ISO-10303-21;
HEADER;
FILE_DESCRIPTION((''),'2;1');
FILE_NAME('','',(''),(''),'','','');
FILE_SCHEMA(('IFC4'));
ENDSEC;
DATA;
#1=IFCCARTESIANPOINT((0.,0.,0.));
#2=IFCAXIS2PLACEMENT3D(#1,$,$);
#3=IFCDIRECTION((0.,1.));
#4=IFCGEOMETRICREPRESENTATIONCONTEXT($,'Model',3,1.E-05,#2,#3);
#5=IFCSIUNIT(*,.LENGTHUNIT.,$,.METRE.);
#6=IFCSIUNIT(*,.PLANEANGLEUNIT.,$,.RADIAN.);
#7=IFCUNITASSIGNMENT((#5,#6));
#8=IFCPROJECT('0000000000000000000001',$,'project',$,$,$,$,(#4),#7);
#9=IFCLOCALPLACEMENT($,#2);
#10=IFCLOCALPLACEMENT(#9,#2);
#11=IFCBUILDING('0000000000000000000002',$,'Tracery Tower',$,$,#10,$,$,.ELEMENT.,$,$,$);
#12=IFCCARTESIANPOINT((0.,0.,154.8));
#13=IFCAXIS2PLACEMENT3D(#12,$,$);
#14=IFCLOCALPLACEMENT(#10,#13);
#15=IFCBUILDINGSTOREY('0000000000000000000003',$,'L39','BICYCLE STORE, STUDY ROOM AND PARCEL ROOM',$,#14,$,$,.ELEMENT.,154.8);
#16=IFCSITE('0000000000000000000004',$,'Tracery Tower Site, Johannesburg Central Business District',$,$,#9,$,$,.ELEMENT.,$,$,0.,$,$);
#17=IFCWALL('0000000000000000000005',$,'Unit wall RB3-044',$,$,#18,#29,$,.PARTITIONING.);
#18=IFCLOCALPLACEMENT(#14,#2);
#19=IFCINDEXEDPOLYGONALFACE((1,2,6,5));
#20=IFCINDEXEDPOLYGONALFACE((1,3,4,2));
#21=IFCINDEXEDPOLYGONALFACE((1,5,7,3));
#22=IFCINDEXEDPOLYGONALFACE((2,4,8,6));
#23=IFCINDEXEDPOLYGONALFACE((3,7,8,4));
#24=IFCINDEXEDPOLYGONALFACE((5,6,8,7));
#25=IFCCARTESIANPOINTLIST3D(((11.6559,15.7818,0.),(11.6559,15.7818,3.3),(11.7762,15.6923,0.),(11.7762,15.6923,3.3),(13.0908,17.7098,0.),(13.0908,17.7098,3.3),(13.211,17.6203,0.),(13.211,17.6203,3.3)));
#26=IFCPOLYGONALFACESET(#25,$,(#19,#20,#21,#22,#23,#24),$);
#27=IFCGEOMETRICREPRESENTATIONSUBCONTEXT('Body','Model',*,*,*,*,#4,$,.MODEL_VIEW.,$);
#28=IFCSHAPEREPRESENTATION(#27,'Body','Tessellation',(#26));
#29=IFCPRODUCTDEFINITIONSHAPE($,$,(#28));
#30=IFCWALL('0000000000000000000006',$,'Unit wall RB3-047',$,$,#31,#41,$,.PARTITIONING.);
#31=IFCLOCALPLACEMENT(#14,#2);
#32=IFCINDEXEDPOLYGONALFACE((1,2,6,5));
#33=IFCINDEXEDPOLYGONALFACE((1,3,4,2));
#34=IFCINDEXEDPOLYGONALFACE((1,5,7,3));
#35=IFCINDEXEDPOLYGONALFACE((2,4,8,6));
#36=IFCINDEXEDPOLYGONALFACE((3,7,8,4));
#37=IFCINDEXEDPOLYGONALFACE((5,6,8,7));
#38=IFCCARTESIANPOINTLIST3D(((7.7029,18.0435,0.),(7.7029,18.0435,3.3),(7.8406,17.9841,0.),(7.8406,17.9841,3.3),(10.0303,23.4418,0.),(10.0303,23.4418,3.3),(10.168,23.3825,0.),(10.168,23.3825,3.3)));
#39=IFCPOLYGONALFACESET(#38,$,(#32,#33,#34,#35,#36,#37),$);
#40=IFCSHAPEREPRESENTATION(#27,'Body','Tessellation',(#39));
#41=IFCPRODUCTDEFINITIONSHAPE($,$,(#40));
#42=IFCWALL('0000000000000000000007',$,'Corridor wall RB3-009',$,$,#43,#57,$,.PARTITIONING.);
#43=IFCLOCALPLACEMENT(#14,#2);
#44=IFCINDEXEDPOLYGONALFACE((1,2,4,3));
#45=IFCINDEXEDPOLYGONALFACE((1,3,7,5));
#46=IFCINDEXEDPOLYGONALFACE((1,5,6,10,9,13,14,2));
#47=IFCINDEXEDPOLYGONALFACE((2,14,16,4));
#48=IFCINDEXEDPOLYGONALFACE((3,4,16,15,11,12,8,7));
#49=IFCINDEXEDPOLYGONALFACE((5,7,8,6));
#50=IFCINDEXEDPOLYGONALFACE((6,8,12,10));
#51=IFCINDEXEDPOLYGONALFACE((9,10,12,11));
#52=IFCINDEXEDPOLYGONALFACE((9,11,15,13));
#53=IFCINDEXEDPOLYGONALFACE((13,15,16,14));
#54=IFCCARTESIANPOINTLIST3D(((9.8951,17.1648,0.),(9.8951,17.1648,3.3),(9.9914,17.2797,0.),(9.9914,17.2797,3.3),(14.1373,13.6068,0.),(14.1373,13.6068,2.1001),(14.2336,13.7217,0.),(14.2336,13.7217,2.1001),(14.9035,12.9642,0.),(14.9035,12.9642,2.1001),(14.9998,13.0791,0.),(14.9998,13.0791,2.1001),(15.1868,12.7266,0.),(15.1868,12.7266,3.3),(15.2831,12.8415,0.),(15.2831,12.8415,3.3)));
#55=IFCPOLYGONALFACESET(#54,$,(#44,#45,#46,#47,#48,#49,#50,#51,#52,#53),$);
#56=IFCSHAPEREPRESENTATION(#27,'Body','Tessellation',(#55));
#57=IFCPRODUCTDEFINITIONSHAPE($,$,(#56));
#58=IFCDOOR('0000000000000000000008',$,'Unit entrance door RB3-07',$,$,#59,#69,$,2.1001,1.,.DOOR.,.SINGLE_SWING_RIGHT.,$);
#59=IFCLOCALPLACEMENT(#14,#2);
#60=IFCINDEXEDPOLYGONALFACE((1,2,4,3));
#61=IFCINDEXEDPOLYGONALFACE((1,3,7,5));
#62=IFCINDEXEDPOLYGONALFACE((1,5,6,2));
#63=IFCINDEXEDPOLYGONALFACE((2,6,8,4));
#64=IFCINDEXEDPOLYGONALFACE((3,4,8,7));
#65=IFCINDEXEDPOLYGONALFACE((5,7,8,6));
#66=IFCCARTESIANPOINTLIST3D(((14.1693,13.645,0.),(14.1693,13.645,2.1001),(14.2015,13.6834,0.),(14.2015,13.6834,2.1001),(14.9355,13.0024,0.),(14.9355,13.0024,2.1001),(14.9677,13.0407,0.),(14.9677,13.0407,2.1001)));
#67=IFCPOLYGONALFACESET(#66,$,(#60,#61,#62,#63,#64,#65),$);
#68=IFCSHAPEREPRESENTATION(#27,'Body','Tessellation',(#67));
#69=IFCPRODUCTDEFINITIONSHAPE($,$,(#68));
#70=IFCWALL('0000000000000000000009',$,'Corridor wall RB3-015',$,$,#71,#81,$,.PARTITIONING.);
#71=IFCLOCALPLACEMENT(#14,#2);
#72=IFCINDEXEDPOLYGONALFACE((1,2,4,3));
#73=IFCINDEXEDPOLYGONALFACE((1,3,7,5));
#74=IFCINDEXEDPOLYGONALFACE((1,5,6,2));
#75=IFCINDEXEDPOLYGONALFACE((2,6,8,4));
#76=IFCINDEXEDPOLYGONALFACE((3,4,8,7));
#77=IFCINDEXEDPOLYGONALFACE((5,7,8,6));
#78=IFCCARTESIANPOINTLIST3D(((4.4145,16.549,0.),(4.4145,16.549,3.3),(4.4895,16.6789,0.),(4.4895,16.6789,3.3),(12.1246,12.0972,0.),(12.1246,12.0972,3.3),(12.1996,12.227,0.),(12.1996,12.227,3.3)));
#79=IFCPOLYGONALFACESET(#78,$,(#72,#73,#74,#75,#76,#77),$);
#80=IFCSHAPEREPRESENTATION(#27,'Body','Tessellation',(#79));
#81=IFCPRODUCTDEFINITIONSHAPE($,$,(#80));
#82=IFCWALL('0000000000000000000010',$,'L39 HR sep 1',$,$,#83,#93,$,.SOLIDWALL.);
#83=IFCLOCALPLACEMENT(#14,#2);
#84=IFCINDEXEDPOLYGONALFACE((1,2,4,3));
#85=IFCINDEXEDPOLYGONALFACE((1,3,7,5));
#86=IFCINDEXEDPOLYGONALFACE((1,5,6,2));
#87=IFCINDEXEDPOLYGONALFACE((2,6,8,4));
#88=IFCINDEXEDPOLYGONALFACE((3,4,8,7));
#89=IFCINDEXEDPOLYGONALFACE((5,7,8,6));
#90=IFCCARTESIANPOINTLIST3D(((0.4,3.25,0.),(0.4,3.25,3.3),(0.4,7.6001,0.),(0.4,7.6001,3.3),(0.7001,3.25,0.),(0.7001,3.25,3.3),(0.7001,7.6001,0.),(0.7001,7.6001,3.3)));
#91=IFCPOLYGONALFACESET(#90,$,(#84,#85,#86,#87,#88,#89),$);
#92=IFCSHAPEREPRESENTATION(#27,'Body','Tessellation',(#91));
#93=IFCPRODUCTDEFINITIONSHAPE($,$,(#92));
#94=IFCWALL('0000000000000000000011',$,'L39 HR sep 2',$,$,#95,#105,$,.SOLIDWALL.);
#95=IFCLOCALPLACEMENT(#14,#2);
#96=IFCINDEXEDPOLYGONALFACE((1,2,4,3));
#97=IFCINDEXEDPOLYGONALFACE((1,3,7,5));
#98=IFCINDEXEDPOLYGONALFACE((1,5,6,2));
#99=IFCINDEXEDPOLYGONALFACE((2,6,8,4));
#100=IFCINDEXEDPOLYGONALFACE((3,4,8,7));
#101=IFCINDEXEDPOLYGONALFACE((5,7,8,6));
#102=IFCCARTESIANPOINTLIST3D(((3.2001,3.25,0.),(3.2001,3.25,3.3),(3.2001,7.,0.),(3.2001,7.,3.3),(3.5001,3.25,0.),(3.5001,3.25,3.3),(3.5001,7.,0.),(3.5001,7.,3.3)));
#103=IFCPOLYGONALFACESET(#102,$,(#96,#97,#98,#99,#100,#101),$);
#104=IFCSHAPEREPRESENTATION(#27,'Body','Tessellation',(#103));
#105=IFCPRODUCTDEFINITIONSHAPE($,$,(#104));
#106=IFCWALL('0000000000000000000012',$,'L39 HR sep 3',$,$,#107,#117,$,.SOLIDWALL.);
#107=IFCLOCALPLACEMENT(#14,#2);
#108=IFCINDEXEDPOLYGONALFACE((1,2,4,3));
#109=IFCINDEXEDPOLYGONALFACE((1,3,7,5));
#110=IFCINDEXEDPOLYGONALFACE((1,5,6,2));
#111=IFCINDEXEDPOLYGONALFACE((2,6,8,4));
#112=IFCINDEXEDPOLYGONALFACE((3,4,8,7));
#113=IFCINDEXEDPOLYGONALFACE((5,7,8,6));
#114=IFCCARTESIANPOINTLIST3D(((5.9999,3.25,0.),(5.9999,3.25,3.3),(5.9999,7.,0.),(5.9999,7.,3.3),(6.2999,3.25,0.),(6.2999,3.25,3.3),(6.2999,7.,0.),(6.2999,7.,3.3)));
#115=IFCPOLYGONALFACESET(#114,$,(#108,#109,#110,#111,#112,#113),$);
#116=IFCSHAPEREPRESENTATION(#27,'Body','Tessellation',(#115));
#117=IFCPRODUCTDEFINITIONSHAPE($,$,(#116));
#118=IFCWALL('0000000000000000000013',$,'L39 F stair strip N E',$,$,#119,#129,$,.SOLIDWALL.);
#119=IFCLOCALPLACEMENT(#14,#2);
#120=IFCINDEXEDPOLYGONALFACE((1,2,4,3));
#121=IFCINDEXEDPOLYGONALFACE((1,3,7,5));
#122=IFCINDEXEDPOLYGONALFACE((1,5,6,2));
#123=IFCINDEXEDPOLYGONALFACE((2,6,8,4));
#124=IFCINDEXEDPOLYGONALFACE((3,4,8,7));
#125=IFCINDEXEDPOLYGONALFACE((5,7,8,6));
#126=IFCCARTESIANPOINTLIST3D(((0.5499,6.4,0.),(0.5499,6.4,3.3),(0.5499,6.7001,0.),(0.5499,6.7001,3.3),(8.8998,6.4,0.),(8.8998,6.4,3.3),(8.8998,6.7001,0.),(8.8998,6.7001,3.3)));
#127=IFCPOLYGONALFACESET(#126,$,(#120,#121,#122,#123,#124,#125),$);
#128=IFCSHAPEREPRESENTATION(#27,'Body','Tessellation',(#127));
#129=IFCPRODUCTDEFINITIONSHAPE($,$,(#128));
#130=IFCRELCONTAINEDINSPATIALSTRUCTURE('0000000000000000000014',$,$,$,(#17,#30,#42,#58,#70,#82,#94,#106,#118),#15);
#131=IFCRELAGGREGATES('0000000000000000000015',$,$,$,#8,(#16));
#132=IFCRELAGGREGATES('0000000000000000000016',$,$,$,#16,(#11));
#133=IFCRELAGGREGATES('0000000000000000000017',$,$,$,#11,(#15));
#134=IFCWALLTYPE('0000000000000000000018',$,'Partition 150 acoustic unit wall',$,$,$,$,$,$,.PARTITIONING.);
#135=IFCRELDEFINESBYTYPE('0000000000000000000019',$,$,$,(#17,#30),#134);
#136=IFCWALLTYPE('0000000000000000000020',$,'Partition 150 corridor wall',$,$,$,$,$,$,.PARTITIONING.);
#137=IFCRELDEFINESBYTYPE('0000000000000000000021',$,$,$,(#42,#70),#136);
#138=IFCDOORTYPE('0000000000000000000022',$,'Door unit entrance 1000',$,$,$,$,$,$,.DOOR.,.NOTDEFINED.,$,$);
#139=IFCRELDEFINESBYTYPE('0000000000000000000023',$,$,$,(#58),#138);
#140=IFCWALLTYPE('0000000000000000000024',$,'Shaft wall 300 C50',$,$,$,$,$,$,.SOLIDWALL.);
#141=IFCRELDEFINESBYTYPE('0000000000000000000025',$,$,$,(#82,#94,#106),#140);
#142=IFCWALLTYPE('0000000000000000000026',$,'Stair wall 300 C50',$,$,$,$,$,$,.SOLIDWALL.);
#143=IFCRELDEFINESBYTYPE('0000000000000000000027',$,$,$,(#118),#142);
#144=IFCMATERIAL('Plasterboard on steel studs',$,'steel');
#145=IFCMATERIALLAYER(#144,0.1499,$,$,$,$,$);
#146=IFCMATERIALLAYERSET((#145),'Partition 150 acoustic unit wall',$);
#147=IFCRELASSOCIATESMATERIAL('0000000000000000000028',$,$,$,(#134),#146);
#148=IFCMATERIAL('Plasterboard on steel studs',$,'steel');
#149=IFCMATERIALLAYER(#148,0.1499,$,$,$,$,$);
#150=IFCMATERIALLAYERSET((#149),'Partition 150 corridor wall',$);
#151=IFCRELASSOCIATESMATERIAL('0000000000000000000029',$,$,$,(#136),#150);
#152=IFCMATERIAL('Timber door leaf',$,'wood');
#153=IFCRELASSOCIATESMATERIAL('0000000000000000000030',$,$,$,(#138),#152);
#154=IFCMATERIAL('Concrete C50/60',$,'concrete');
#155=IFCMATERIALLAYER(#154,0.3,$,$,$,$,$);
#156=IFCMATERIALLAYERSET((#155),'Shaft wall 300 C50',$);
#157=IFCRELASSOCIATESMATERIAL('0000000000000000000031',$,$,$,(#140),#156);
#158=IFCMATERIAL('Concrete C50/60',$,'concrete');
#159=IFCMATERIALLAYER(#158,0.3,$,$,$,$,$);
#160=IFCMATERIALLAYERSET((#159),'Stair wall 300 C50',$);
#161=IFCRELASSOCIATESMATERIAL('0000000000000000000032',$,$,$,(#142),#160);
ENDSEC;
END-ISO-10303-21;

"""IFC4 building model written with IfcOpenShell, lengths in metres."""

from ifc_helpers import new_model, si_unit, direction, frame, frame_2d, origin, place, context, subcontext, project, spatial, rectangle, extrude, material, layer, layer_set, type_object, element, fill, save


model = new_model("IFC4")

# Units and contexts
model_context = context("Model", 3, precision=1e-05, world=origin(), true_north=direction((0.0, 1.0)))
body_context = subcontext(model_context, "Body", "Model", "MODEL_VIEW")
ifc_project = project(units=[si_unit("LENGTHUNIT", "METRE"), si_unit("PLANEANGLEUNIT", "RADIAN")], contexts=[model_context])

# Site, building, storey
site_placement = place(None, origin())
site = spatial("IfcSite", under=ifc_project, at=site_placement, Name="Tracery Tower Site, Johannesburg Central Business District", CompositionType="ELEMENT", RefElevation=0.0)
building_placement = place(site_placement, origin())
building = spatial("IfcBuilding", under=site, at=building_placement, Name="Tracery Tower", CompositionType="ELEMENT")
storey_placement = place(building_placement, frame((0.0, 0.0, 154.8)))
storey = spatial("IfcBuildingStorey", under=building, at=storey_placement, Name="L39", Description="BICYCLE STORE, STUDY ROOM AND PARCEL ROOM", CompositionType="ELEMENT", Elevation=154.8)

# Walls
ifc_material_1 = material(Name="Plasterboard on steel studs", Category="steel")
ifc_layer_1 = layer(ifc_material_1, 0.1499)
ifc_layer_set_1 = layer_set([ifc_layer_1], Name="Partition 150 acoustic unit wall")
wall_type_1 = type_object("IfcWallType", Name="Partition 150 acoustic unit wall", PredefinedType="PARTITIONING", material=ifc_layer_set_1)
wall_1_placement = place(storey_placement, frame((11.7161, 15.7371, 0.0), z_axis=(0.0, 0.0, 1.0), x_axis=(0.597021, 0.802225, 0.0)))
element("IfcWall", 1, at=wall_1_placement, inside=storey, type_object=wall_type_1, Name="Unit wall RB3-044", PredefinedType="PARTITIONING", context=body_context, shape_type="SweptSolid", body=[
    extrude(rectangle(XDim=2.4033, YDim=0.1499, at=frame_2d((1.2017, 0.0))), origin(), (0.0, 0.0, 1.0), 3.3),
])
wall_2_placement = place(storey_placement, frame((7.7717, 18.0137, 0.0), z_axis=(0.0, 0.0, 1.0), x_axis=(0.395898, 0.918294, 0.0)))
element("IfcWall", 2, at=wall_2_placement, inside=storey, type_object=wall_type_1, Name="Unit wall RB3-047", PredefinedType="PARTITIONING", context=body_context, shape_type="SweptSolid", body=[
    extrude(rectangle(XDim=5.8787, YDim=0.1499, at=frame_2d((2.9395, 0.0))), origin(), (0.0, 0.0, 1.0), 3.3),
])

# Wall, opening, door
ifc_material_2 = material(Name="Plasterboard on steel studs", Category="steel")
ifc_layer_2 = layer(ifc_material_2, 0.1499)
ifc_layer_set_2 = layer_set([ifc_layer_2], Name="Partition 150 corridor wall")
wall_type_2 = type_object("IfcWallType", Name="Partition 150 corridor wall", PredefinedType="PARTITIONING", material=ifc_layer_set_2)
wall_3_placement = place(storey_placement, frame((9.9434, 17.2222, 0.0), z_axis=(0.0, 0.0, 1.0), x_axis=(0.766192, -0.642612, 0.0)))
wall_3 = element("IfcWall", 3, at=wall_3_placement, inside=storey, type_object=wall_type_2, Name="Corridor wall RB3-009", PredefinedType="PARTITIONING", context=body_context, shape_type="SweptSolid", body=[
    extrude(rectangle(XDim=6.9065, YDim=0.1499, at=frame_2d((3.4531, 0.0))), origin(), (0.0, 0.0, 1.0), 3.3),
])
opening_1_placement = place(wall_3_placement, frame((5.5366, 0.0, 0.0)))
opening_1 = element("IfcOpeningElement", 4, at=opening_1_placement, cuts=wall_3, PredefinedType="OPENING", context=body_context, shape_type="SweptSolid", body=[
    extrude(rectangle(XDim=1.0, YDim=2.1001, at=frame_2d((0.5, 1.05))), frame((0.0, 0.075, 0.0), z_axis=(0.0, -1.0, 0.0), x_axis=(1.0, 0.0, 0.0)), (0.0, 0.0, 1.0), 0.1499),
])
ifc_material_3 = material(Name="Timber door leaf", Category="wood")
door_type_1 = type_object("IfcDoorType", Name="Door unit entrance 1000", OperationType="NOTDEFINED", PredefinedType="DOOR", material=ifc_material_3)
door_1_placement = place(opening_1_placement, origin())
door_1 = element("IfcDoor", 5, at=door_1_placement, inside=storey, type_object=door_type_1, Name="Unit entrance door RB3-07", OperationType="SINGLE_SWING_RIGHT", OverallHeight=2.1001, OverallWidth=1.0, PredefinedType="DOOR", context=body_context, shape_type="SweptSolid", body=[
    extrude(rectangle(XDim=1.0, YDim=2.1001, at=frame_2d((0.5, 1.05))), frame((0.0, 0.0249, 0.0), z_axis=(0.0, -1.0, 0.0), x_axis=(1.0, 0.0, 0.0)), (0.0, 0.0, 1.0), 0.05),
])
fill(opening_1, door_1)

# Walls
wall_4_placement = place(storey_placement, frame((4.4519, 16.614, 0.0), z_axis=(0.0, 0.0, 1.0), x_axis=(0.866005, -0.500035, 0.0)))
element("IfcWall", 6, at=wall_4_placement, inside=storey, type_object=wall_type_2, Name="Corridor wall RB3-015", PredefinedType="PARTITIONING", context=body_context, shape_type="SweptSolid", body=[
    extrude(rectangle(XDim=8.9031, YDim=0.1499, at=frame_2d((4.4517, 0.0))), origin(), (0.0, 0.0, 1.0), 3.3),
])
ifc_material_4 = material(Name="Concrete C50/60", Category="concrete")
ifc_layer_3 = layer(ifc_material_4, 0.3)
ifc_layer_set_3 = layer_set([ifc_layer_3], Name="Shaft wall 300 C50")
wall_type_3 = type_object("IfcWallType", Name="Shaft wall 300 C50", PredefinedType="SOLIDWALL", material=ifc_layer_set_3)
wall_5_placement = place(storey_placement, frame((0.55, 3.25, 0.0), z_axis=(0.0, 0.0, 1.0), x_axis=(0.0, 1.0, 0.0)))
element("IfcWall", 7, at=wall_5_placement, inside=storey, type_object=wall_type_3, Name="L39 HR sep 1", PredefinedType="SOLIDWALL", context=body_context, shape_type="SweptSolid", body=[
    extrude(rectangle(XDim=4.3501, YDim=0.3, at=frame_2d((2.175, 0.0))), origin(), (0.0, 0.0, 1.0), 3.3),
])
for number, where, z_axis, x_axis, name in (
    (8, (3.3501, 3.25, 0.0), (0.0, 0.0, 1.0), (0.0, 1.0, 0.0), "L39 HR sep 2"),
    (9, (6.1499, 3.25, 0.0), (0.0, 0.0, 1.0), (0.0, 1.0, 0.0), "L39 HR sep 3"),
):
    element("IfcWall", number, at=place(storey_placement, frame(where, z_axis=z_axis, x_axis=x_axis)), inside=storey, type_object=wall_type_3, Name=name, PredefinedType="SOLIDWALL", context=body_context, shape_type="SweptSolid", body=[
        extrude(rectangle(XDim=3.75, YDim=0.3, at=frame_2d((1.875, 0.0))), origin(), (0.0, 0.0, 1.0), 3.3),
    ])

# Wall
ifc_material_5 = material(Name="Concrete C50/60", Category="concrete")
ifc_layer_4 = layer(ifc_material_5, 0.3)
ifc_layer_set_4 = layer_set([ifc_layer_4], Name="Stair wall 300 C50")
wall_type_4 = type_object("IfcWallType", Name="Stair wall 300 C50", PredefinedType="SOLIDWALL", material=ifc_layer_set_4)
wall_6_placement = place(storey_placement, frame((0.55, 6.55, 0.0), z_axis=(0.0, 0.0, 1.0), x_axis=(1.0, 0.0, 0.0)))
element("IfcWall", 10, at=wall_6_placement, inside=storey, type_object=wall_type_4, Name="L39 F stair strip N E", PredefinedType="SOLIDWALL", context=body_context, shape_type="SweptSolid", body=[
    extrude(rectangle(XDim=8.3499, YDim=0.3, at=frame_2d((4.1748, 0.0))), origin(), (0.0, 0.0, 1.0), 3.3),
])

save(model, "model.ifc")
